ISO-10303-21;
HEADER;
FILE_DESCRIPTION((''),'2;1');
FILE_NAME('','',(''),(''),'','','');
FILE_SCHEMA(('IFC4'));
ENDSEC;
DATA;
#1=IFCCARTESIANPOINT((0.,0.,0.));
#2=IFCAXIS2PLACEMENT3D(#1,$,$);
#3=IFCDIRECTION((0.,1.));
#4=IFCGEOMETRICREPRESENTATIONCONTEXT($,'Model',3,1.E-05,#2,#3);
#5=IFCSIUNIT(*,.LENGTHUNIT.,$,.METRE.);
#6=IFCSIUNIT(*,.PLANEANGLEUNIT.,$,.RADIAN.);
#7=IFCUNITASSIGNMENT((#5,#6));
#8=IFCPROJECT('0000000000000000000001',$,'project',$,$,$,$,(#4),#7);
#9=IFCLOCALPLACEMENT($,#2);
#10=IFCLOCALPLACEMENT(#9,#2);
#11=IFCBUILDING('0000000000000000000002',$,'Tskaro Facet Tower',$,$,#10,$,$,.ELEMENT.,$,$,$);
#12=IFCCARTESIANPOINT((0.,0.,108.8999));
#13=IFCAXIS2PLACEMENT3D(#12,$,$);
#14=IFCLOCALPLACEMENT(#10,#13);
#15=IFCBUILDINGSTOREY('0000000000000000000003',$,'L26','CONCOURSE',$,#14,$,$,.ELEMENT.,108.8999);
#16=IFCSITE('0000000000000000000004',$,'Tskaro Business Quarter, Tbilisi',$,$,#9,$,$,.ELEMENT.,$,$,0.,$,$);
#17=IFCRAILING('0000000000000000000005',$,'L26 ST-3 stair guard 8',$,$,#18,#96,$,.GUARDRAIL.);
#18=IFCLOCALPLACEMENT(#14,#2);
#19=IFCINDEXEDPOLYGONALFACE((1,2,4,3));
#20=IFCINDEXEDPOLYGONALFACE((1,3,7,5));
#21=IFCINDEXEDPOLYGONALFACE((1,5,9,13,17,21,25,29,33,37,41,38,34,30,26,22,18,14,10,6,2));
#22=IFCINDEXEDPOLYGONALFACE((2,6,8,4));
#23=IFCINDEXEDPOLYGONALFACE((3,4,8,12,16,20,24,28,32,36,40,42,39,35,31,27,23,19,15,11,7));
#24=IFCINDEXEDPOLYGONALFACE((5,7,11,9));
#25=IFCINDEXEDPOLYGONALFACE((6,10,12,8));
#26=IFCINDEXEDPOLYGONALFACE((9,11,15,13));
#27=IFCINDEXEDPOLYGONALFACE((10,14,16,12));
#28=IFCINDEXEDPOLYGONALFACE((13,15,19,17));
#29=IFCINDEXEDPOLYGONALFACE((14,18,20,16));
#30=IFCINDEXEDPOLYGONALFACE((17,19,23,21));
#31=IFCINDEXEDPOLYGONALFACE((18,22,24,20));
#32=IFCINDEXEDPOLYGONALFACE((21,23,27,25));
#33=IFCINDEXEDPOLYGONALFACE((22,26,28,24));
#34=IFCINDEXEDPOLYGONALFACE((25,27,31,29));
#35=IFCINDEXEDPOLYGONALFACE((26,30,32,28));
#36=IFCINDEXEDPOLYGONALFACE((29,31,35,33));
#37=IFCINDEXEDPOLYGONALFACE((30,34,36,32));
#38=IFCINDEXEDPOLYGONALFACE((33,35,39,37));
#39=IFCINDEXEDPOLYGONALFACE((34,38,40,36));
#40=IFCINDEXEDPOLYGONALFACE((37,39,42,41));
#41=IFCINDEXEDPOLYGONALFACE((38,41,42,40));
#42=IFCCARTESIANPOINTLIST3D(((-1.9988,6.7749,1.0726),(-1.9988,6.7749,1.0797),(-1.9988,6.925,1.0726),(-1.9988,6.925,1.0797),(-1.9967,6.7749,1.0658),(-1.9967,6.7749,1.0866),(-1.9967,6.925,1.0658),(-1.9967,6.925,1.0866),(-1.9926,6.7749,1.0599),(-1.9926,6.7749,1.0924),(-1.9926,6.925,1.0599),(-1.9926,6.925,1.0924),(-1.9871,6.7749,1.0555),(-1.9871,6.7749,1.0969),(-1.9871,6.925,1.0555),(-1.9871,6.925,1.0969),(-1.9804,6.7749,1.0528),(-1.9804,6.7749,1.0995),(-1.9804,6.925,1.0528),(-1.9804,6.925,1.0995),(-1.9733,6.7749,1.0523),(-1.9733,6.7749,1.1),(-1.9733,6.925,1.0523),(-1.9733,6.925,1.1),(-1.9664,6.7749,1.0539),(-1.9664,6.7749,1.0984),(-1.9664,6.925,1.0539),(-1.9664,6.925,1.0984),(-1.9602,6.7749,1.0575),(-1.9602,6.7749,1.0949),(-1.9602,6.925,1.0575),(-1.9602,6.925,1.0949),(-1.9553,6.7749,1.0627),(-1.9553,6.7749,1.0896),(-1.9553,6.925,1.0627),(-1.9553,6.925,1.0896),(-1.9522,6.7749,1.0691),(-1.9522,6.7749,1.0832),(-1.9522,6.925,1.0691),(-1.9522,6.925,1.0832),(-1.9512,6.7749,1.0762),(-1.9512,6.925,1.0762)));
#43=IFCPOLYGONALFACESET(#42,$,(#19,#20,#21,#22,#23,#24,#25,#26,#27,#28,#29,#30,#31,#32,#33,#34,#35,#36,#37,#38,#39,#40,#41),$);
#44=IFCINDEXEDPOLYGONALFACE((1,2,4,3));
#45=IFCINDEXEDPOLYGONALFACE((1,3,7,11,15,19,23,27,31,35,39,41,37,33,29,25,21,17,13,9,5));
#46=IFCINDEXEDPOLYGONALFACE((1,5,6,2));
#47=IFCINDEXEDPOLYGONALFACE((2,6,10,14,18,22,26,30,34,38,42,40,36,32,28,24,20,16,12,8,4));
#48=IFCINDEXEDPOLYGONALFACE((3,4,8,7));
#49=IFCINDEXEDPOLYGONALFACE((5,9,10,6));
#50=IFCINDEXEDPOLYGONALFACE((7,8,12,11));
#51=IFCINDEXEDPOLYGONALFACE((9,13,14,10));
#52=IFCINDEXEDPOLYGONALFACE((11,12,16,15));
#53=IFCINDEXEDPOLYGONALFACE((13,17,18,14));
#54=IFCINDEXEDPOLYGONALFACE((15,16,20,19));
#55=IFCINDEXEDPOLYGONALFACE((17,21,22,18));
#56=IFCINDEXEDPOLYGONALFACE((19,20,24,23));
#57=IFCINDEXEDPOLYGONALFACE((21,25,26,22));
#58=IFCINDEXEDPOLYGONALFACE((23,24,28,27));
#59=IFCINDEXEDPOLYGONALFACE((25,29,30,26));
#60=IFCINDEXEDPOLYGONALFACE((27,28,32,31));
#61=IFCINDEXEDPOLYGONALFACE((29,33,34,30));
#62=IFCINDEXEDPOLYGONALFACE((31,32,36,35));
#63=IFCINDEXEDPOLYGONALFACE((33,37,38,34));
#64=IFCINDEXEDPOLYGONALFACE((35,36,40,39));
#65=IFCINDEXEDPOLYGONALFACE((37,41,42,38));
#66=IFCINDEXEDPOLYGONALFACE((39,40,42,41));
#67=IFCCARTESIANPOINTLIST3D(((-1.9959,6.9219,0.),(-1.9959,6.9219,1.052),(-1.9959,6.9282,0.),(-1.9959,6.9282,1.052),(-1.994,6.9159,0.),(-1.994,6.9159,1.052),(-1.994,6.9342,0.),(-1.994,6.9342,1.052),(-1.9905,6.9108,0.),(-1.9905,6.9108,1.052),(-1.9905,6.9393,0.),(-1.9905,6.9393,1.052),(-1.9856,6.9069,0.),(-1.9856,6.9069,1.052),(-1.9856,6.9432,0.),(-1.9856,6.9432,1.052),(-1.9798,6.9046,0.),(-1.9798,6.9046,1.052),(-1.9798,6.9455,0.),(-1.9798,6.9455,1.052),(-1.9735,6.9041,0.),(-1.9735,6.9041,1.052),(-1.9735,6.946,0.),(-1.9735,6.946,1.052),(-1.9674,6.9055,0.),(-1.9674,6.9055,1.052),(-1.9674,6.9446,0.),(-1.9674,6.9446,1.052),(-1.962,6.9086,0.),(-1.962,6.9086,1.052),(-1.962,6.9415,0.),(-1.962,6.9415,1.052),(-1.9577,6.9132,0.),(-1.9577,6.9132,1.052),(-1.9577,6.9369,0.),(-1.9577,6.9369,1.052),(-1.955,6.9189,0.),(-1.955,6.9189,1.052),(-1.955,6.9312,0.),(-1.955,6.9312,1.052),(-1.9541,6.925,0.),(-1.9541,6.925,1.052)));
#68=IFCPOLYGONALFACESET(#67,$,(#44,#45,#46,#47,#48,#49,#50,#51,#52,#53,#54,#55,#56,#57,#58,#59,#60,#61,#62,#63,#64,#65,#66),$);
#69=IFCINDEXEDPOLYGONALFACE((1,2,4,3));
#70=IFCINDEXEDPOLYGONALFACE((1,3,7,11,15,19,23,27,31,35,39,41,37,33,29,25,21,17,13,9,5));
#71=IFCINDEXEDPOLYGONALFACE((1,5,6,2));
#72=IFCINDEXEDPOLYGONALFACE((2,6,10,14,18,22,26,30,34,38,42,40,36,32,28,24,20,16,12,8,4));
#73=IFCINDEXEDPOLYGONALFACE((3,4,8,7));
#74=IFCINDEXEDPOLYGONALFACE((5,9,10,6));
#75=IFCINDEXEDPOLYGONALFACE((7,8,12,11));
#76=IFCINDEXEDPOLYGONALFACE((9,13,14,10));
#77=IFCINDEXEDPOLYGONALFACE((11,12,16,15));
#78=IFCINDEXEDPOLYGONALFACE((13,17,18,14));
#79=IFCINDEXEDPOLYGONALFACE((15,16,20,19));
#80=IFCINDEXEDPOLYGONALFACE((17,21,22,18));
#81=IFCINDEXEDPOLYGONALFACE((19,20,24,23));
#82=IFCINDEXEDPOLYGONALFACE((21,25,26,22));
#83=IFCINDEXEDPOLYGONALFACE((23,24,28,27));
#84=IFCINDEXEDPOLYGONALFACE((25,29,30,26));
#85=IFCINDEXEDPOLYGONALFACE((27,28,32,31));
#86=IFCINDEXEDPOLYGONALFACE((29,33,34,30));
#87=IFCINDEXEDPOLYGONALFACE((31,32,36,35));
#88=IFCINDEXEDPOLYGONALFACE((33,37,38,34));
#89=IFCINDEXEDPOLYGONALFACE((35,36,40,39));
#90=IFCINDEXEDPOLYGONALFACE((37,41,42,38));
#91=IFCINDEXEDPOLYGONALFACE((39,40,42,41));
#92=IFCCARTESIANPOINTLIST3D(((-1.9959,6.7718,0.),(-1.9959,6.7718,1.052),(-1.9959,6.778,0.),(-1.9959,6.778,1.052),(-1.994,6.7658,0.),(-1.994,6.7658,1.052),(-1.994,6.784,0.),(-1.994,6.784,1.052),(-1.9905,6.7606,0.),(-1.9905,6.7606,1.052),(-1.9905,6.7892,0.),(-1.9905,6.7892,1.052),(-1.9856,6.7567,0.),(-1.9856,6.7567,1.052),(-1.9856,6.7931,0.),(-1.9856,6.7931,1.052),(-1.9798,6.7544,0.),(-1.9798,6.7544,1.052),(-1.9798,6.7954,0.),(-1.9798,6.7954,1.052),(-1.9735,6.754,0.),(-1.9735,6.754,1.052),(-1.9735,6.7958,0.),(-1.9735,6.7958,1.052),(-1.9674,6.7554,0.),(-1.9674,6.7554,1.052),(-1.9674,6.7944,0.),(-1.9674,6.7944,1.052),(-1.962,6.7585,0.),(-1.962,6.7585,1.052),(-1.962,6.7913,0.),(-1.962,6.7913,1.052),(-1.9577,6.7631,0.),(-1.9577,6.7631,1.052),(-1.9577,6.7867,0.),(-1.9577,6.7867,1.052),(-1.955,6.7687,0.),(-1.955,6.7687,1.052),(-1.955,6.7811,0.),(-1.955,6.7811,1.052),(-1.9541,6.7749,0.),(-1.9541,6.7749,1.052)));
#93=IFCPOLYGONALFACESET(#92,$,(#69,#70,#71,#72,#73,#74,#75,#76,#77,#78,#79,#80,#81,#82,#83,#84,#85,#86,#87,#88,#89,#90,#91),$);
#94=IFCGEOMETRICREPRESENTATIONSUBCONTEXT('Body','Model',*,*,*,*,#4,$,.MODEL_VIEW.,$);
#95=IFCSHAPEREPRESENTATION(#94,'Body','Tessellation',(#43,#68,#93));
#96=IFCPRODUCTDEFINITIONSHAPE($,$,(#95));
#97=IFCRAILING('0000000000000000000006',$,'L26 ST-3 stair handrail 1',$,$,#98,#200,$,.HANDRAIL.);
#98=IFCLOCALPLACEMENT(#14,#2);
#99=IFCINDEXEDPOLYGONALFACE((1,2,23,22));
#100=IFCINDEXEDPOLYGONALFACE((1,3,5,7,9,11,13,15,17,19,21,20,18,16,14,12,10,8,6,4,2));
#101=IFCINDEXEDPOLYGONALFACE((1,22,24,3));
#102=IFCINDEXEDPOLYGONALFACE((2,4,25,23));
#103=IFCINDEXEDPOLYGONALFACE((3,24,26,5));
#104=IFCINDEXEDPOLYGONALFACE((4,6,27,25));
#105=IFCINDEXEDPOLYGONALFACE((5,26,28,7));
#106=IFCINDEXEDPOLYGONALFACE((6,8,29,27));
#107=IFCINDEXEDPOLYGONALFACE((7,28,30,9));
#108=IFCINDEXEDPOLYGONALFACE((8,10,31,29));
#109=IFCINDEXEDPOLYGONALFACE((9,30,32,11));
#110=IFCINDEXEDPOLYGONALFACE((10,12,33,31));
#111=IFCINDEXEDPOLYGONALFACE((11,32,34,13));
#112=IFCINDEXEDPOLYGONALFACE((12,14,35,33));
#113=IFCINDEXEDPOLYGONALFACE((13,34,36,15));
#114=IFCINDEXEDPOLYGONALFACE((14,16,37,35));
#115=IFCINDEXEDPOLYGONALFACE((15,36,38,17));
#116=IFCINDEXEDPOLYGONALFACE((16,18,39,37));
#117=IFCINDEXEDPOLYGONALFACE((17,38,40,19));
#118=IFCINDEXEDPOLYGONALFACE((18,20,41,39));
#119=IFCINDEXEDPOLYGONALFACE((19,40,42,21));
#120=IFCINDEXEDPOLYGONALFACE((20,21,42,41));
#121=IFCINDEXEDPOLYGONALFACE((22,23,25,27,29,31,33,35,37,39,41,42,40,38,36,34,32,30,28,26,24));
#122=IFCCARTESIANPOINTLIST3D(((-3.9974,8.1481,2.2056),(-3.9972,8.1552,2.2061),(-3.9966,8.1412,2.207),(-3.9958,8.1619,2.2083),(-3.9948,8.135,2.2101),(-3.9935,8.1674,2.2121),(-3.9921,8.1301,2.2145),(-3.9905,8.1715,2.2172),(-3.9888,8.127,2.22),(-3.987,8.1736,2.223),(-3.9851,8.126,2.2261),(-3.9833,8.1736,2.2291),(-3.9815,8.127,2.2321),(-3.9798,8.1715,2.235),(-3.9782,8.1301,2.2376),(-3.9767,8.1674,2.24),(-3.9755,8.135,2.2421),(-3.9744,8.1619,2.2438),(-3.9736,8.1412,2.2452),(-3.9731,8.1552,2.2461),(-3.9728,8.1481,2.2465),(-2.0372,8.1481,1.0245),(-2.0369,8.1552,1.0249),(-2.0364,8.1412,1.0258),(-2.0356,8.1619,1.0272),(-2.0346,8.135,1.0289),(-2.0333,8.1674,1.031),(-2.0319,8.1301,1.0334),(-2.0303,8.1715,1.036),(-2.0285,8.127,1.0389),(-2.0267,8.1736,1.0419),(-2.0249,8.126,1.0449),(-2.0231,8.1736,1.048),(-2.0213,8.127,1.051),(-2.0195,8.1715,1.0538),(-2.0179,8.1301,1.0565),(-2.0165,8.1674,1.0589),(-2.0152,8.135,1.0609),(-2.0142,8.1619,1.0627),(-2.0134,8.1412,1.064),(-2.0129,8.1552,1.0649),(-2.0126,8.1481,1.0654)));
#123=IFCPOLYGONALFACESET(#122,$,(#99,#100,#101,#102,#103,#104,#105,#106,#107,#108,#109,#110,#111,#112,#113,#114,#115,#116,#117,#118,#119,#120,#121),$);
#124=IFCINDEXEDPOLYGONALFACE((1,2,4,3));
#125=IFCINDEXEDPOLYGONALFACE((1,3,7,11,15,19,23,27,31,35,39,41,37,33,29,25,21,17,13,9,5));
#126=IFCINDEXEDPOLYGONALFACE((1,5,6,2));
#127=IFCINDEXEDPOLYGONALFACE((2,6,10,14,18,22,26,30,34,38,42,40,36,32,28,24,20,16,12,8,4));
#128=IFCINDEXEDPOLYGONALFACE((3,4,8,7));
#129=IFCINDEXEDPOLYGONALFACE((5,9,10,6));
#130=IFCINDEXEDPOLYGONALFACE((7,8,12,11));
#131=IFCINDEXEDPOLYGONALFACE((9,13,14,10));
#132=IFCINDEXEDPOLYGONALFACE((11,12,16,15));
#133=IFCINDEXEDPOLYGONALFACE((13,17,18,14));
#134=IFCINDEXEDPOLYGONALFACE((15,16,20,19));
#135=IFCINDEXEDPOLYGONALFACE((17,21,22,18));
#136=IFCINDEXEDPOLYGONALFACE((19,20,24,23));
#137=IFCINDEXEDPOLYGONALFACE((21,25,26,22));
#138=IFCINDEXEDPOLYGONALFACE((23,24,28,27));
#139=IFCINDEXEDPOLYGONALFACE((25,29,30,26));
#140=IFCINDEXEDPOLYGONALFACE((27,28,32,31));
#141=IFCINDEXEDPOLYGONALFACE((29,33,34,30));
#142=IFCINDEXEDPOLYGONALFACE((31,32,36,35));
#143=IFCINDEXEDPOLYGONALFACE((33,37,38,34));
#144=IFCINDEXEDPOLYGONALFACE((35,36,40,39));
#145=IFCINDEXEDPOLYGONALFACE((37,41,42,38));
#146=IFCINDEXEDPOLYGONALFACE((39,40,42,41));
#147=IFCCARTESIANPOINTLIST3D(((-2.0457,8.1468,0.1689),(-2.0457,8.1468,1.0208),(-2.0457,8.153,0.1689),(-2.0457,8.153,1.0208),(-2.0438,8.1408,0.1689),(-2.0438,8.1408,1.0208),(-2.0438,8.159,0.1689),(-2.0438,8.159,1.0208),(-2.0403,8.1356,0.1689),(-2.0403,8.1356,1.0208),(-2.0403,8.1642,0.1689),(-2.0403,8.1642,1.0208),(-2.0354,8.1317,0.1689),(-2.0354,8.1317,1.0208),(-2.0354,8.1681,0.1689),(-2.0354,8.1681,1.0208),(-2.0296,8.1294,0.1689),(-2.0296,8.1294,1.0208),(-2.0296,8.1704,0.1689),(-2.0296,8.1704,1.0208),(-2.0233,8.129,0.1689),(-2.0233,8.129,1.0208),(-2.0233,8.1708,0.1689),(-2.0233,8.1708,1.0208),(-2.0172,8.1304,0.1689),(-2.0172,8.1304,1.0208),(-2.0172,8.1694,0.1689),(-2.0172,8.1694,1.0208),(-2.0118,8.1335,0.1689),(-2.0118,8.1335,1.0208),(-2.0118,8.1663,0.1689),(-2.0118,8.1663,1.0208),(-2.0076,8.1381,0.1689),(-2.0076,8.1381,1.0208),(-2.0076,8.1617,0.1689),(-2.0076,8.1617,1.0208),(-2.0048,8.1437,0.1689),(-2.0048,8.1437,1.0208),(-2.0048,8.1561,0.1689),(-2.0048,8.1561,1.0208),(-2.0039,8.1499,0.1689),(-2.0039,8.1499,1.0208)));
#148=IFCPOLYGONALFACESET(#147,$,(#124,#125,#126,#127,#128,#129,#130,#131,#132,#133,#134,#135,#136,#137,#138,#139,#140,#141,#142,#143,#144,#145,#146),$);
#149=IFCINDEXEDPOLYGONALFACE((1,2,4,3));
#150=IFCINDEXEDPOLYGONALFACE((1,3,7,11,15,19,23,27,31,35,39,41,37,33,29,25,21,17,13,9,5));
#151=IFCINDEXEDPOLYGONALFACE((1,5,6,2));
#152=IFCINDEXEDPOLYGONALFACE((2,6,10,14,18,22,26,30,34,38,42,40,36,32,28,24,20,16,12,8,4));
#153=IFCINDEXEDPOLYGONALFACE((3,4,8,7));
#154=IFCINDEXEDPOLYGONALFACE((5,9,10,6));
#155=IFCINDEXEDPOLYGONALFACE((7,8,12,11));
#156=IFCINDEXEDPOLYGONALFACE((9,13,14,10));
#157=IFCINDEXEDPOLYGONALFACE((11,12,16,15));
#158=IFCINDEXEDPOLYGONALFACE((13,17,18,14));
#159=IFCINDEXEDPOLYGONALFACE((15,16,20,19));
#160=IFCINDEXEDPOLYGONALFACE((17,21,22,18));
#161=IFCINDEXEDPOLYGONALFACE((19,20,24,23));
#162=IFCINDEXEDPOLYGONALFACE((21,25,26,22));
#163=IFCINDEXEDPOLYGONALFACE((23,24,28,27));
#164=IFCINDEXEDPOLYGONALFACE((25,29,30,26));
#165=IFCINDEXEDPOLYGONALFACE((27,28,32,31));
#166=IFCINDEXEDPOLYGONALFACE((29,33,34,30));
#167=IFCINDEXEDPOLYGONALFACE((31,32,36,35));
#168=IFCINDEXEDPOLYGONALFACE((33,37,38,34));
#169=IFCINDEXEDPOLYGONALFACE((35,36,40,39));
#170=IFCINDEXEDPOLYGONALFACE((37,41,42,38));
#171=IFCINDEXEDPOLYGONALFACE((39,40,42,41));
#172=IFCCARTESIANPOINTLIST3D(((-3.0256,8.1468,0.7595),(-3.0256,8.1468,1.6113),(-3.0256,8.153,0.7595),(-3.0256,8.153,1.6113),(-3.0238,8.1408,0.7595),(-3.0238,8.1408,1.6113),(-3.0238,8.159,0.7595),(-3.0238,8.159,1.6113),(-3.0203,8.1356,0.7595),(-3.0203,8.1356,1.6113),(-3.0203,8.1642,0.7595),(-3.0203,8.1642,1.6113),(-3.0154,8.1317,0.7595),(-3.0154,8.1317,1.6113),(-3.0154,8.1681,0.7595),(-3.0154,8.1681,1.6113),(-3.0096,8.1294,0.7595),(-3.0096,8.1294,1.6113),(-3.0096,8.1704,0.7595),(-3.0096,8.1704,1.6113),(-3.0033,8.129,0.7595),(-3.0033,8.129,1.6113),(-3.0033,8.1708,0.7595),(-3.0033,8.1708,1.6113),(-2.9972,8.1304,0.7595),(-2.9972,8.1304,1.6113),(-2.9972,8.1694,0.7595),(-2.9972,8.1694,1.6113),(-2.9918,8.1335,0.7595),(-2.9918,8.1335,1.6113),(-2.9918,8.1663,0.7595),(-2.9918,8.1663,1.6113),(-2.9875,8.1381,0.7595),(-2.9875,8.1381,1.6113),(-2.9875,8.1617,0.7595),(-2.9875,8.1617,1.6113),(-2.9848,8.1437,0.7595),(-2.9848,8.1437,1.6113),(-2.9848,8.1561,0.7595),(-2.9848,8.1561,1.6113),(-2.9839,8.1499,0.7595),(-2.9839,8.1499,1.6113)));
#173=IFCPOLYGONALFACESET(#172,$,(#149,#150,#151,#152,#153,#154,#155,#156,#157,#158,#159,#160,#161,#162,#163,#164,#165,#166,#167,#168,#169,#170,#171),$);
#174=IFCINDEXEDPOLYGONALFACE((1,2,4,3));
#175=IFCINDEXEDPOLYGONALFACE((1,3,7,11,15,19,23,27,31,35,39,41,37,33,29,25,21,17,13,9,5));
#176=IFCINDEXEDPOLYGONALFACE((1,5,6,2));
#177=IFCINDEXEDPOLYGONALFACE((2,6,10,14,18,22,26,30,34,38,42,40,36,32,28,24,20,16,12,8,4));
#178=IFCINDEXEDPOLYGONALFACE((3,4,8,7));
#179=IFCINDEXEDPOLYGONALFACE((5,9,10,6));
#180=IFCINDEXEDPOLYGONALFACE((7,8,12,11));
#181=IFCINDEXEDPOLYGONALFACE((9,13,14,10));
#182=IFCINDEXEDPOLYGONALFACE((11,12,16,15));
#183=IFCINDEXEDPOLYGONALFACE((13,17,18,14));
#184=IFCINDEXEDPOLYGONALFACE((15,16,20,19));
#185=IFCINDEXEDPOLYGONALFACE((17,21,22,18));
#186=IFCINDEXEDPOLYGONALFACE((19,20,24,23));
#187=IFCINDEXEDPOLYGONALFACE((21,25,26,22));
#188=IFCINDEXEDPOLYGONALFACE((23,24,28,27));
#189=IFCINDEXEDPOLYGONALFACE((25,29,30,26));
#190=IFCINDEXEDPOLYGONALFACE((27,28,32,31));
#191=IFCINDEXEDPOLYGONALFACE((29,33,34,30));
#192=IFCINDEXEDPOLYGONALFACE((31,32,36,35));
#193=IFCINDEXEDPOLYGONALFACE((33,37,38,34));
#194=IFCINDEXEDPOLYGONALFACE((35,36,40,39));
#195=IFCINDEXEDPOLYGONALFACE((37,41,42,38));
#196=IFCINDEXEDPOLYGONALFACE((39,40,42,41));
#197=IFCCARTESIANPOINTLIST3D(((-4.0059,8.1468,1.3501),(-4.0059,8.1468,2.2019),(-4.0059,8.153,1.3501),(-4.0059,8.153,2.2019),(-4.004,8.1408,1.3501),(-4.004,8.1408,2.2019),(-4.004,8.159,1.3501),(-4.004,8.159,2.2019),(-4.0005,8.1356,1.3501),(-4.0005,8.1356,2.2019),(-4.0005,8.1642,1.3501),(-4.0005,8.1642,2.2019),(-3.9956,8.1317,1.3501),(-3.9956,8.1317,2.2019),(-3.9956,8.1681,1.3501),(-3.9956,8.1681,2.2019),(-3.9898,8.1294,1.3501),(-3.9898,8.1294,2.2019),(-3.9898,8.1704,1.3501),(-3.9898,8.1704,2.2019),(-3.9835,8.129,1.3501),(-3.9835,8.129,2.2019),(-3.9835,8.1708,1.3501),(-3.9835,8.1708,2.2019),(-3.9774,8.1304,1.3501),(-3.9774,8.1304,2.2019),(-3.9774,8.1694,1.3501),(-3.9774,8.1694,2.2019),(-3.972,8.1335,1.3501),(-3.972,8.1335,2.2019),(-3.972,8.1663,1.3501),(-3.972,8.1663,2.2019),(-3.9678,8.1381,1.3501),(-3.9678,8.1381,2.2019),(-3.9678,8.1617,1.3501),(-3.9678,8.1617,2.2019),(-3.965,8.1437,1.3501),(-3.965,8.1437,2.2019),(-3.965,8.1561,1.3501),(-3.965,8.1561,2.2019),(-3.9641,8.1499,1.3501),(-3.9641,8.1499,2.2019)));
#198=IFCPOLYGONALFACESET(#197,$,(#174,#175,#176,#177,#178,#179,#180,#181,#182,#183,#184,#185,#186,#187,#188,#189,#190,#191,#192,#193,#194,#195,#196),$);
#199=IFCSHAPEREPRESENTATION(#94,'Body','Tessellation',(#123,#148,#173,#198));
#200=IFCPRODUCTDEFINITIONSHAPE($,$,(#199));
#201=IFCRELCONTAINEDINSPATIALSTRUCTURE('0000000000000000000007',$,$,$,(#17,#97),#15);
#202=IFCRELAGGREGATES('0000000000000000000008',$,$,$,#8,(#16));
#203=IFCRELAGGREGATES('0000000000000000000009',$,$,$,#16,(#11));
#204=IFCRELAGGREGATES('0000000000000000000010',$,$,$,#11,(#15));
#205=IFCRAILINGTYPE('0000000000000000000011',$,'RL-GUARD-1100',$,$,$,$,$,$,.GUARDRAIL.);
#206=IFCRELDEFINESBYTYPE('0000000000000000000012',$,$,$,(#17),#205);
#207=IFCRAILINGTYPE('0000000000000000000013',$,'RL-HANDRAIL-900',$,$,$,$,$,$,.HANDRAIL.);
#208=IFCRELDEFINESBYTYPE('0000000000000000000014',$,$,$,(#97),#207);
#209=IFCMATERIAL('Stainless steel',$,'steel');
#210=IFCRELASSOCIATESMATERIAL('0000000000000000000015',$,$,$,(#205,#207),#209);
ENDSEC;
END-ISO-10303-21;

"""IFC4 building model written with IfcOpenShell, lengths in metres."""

from ifc_helpers import new_model, si_unit, direction, frame, origin, origin_2d, place, context, subcontext, project, spatial, circle, extrude, material, type_object, element, save


model = new_model("IFC4")

# Units and contexts
model_context = context("Model", 3, precision=1e-05, world=origin(), true_north=direction((0.0, 1.0)))
body_context = subcontext(model_context, "Body", "Model", "MODEL_VIEW")
ifc_project = project(units=[si_unit("LENGTHUNIT", "METRE"), si_unit("PLANEANGLEUNIT", "RADIAN")], contexts=[model_context])

# Site, building, storey
site_placement = place(None, origin())
site = spatial("IfcSite", under=ifc_project, at=site_placement, Name="Tskaro Business Quarter, Tbilisi", CompositionType="ELEMENT", RefElevation=0.0)
building_placement = place(site_placement, origin())
building = spatial("IfcBuilding", under=site, at=building_placement, Name="Tskaro Facet Tower", CompositionType="ELEMENT")
storey_placement = place(building_placement, frame((0.0, 0.0, 108.8999)))
storey = spatial("IfcBuildingStorey", under=building, at=storey_placement, Name="L26", Description="CONCOURSE", CompositionType="ELEMENT", Elevation=108.8999)

# Railings
ifc_material_1 = material(Name="Stainless steel", Category="steel")
railing_type_1 = type_object("IfcRailingType", Name="RL-GUARD-1100", PredefinedType="GUARDRAIL", material=ifc_material_1)
railing_1_placement = place(storey_placement, frame((-1.9751, 6.925, 0.0)))
element("IfcRailing", 1, at=railing_1_placement, inside=storey, type_object=railing_type_1, Name="L26 ST-3 stair guard 8", PredefinedType="GUARDRAIL", context=body_context, shape_type="SweptSolid", body=[
    extrude(circle(Radius=0.0239, at=origin_2d()), frame((0.0, 0.0, 1.0762), z_axis=(0.0, -1.0, 0.0), x_axis=(1.0, 0.0, 0.0)), (0.0, 0.0, 1.0), 0.1501),
    extrude(circle(Radius=0.021, at=origin_2d()), origin(), (0.0, 0.0, 1.0), 1.052),
    extrude(circle(Radius=0.021, at=origin_2d()), frame((0.0, -0.1501, 0.0)), (0.0, 0.0, 1.0), 1.052),
])
railing_type_2 = type_object("IfcRailingType", Name="RL-HANDRAIL-900", PredefinedType="HANDRAIL", material=ifc_material_1)
railing_2_placement = place(storey_placement, frame((-2.0249, 8.1499, 0.1689)))
element("IfcRailing", 2, at=railing_2_placement, inside=storey, type_object=railing_type_2, Name="L26 ST-3 stair handrail 1", PredefinedType="HANDRAIL", context=body_context, shape_type="SweptSolid", body=[
    extrude(circle(Radius=0.0239, at=origin_2d()), frame((0.0, 0.0, 0.876), z_axis=(-0.856522, 0.0, 0.516111), x_axis=(0.0, -1.0, 0.0)), (0.0, 0.0, 1.0), 2.2886),
    extrude(circle(Radius=0.021, at=origin_2d()), origin(), (0.0, 0.0, 1.0), 0.8518),
    extrude(circle(Radius=0.021, at=origin_2d()), frame((-0.98, 0.0, 0.5906)), (0.0, 0.0, 1.0), 0.8518),
    extrude(circle(Radius=0.021, at=origin_2d()), frame((-1.9602, 0.0, 1.1812)), (0.0, 0.0, 1.0), 0.8518),
])

save(model, "model.ifc")
